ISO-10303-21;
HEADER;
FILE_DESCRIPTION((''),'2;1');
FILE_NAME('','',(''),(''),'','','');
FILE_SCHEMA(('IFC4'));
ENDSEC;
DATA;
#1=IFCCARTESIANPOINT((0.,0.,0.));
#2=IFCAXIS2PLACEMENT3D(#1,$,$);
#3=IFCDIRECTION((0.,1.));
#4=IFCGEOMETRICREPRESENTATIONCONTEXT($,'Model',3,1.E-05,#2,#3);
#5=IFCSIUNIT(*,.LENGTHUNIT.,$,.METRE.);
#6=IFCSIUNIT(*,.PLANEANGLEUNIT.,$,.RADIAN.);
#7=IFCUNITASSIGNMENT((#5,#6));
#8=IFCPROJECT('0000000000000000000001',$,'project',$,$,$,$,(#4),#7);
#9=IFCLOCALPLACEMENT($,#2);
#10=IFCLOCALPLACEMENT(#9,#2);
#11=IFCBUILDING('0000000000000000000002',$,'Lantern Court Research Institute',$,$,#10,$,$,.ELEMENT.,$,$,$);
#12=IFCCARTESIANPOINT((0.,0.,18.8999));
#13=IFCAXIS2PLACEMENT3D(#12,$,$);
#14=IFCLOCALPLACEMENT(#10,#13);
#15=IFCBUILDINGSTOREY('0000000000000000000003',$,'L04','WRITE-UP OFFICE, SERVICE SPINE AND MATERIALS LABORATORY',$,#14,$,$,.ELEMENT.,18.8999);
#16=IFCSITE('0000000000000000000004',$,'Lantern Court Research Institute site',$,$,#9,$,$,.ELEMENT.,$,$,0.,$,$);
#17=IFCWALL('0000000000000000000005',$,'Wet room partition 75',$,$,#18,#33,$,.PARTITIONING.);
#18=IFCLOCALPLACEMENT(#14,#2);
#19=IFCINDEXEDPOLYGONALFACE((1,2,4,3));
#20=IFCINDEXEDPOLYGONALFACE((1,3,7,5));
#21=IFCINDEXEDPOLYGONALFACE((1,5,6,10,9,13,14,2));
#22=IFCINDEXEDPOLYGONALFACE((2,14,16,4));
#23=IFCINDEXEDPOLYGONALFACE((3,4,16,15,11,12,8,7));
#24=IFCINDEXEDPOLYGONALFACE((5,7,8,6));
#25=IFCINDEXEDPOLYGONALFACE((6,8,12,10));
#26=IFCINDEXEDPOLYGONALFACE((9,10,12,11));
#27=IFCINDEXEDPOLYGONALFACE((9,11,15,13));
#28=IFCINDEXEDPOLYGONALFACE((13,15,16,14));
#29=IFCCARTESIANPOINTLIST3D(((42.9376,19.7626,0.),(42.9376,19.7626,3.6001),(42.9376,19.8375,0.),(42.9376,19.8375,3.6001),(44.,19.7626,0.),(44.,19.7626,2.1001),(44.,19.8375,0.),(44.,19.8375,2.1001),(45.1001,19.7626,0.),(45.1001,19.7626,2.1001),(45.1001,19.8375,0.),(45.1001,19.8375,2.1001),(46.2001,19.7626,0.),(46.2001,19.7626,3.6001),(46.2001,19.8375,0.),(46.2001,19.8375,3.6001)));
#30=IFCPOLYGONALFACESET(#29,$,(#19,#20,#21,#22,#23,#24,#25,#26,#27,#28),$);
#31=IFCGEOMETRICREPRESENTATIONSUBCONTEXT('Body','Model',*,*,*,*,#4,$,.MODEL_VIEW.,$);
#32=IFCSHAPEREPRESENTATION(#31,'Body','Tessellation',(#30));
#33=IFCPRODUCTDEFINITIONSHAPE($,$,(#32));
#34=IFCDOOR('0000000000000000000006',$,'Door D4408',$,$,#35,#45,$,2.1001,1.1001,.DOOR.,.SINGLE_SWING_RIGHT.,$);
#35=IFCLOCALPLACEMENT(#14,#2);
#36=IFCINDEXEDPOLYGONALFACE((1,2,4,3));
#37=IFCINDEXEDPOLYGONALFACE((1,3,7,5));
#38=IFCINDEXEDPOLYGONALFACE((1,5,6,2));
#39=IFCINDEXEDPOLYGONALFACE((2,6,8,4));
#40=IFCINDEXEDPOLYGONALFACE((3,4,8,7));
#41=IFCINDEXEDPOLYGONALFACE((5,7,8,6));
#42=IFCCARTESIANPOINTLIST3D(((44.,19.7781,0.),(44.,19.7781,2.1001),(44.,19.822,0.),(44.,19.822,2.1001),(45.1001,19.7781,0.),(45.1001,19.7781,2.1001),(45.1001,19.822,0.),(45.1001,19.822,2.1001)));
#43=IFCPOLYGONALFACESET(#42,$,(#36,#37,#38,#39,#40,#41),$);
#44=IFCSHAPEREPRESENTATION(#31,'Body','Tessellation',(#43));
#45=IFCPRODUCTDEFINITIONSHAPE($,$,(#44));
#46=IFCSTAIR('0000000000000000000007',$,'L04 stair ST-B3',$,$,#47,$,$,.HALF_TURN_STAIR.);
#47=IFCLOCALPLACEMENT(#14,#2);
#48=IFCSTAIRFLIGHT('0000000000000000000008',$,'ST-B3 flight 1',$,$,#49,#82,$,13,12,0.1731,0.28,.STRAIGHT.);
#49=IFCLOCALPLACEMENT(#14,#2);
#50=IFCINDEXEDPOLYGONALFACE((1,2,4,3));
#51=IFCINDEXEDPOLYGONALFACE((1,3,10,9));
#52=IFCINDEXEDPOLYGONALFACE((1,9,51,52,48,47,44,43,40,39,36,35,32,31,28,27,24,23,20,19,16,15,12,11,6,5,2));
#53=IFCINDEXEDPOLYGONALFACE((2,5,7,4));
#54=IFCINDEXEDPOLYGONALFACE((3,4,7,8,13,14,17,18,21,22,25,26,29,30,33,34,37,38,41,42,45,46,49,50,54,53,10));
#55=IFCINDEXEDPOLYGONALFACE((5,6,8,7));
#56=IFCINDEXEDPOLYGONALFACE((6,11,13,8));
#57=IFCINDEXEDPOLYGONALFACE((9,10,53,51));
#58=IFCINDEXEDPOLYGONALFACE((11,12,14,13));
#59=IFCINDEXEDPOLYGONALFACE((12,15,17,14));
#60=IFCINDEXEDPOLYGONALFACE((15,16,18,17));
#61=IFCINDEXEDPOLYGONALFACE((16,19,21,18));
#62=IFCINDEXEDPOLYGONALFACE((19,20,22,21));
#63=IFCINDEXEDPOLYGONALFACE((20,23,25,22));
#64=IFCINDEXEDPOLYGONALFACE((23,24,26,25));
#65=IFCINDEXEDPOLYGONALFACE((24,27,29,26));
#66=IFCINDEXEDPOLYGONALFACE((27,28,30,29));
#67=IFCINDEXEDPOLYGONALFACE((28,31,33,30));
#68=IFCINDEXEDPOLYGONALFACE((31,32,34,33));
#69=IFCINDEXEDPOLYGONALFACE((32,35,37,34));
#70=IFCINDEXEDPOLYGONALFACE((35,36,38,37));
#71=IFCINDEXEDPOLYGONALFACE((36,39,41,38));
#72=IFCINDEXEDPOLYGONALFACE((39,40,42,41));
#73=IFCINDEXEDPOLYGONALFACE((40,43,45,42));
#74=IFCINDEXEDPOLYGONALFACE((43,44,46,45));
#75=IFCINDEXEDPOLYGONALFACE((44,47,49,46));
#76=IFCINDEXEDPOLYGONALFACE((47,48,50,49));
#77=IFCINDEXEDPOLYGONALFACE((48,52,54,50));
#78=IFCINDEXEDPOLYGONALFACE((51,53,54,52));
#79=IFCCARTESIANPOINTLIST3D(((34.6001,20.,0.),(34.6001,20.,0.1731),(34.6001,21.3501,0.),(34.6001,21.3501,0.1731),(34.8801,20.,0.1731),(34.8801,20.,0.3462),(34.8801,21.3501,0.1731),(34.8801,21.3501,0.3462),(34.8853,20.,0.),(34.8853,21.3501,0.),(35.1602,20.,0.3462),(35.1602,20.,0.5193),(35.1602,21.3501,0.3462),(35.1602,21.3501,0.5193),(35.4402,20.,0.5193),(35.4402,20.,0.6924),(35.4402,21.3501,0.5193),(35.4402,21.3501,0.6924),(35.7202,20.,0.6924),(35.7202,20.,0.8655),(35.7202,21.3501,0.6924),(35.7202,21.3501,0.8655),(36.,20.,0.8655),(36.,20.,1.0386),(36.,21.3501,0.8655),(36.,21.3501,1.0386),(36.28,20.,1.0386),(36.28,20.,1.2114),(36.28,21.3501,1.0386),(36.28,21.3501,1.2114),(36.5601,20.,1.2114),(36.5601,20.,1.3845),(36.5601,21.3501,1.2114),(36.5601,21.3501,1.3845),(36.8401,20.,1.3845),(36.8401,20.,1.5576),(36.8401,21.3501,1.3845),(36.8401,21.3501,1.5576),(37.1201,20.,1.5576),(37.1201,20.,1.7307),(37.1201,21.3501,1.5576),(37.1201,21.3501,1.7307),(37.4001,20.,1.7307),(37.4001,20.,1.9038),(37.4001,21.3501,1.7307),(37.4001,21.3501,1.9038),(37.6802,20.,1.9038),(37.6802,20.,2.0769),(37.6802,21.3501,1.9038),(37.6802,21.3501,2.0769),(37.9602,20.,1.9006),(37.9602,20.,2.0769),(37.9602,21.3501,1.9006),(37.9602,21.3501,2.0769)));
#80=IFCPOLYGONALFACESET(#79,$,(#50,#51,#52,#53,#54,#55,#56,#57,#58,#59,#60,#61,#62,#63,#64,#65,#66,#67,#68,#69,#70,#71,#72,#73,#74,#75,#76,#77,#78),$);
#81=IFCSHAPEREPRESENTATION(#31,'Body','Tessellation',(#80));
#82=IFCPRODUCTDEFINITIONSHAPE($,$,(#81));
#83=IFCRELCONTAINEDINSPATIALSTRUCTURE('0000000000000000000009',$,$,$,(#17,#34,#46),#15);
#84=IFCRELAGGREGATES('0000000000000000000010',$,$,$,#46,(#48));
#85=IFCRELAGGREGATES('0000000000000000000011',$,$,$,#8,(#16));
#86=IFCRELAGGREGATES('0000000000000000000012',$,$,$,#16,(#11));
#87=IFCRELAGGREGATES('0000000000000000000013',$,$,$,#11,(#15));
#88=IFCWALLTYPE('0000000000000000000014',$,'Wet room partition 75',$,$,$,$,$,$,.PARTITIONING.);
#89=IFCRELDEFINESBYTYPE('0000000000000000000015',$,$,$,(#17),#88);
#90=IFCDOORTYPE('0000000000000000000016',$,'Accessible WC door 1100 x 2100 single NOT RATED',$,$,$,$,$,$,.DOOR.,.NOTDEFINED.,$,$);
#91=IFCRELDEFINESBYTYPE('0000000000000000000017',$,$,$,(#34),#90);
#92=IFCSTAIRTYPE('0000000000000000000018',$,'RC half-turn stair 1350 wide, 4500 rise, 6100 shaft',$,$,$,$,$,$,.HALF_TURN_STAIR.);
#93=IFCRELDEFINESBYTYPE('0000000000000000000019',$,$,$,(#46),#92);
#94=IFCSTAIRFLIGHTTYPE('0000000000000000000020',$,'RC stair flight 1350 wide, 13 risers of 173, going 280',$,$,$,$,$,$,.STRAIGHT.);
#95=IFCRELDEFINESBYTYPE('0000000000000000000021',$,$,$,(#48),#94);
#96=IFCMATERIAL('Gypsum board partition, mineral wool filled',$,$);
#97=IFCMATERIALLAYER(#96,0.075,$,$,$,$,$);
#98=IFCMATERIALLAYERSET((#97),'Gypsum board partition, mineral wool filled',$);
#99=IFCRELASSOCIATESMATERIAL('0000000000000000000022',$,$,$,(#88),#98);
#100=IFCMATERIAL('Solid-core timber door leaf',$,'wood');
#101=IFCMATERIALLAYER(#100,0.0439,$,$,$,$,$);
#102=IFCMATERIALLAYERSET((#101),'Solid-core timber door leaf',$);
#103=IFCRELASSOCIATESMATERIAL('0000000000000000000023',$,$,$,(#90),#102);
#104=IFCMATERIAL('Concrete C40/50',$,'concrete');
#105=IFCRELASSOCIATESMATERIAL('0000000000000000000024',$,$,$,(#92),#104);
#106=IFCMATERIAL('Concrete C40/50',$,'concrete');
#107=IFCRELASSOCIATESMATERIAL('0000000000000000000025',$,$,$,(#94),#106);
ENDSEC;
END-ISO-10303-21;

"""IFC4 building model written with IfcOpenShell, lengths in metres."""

from ifc_helpers import new_model, si_unit, direction, frame, frame_2d, origin, place, context, subcontext, project, spatial, polyline, rectangle, outline, extrude, material, layer, layer_set, type_object, element, fill, aggregate, save


model = new_model("IFC4")

# Units and contexts
model_context = context("Model", 3, precision=1e-05, world=origin(), true_north=direction((0.0, 1.0)))
body_context = subcontext(model_context, "Body", "Model", "MODEL_VIEW")
ifc_project = project(units=[si_unit("LENGTHUNIT", "METRE"), si_unit("PLANEANGLEUNIT", "RADIAN")], contexts=[model_context])

# Site, building, storey
site_placement = place(None, origin())
site = spatial("IfcSite", under=ifc_project, at=site_placement, Name="Lantern Court Research Institute site", CompositionType="ELEMENT", RefElevation=0.0)
building_placement = place(site_placement, origin())
building = spatial("IfcBuilding", under=site, at=building_placement, Name="Lantern Court Research Institute", CompositionType="ELEMENT")
storey_placement = place(building_placement, frame((0.0, 0.0, 18.8999)))
storey = spatial("IfcBuildingStorey", under=building, at=storey_placement, Name="L04", Description="WRITE-UP OFFICE, SERVICE SPINE AND MATERIALS LABORATORY", CompositionType="ELEMENT", Elevation=18.8999)

# Shared definitions
ifc_material_1 = material(Name="Gypsum board partition, mineral wool filled")
ifc_layer_1 = layer(ifc_material_1, 0.075)
ifc_layer_set_1 = layer_set([ifc_layer_1], Name="Gypsum board partition, mineral wool filled")
wall_type_1 = type_object("IfcWallType", Name="Wet room partition 75", PredefinedType="PARTITIONING", material=ifc_layer_set_1)

# Wall, opening, door
wall_1_placement = place(storey_placement, frame((42.9375, 19.8, 0.0), z_axis=(0.0, 0.0, 1.0), x_axis=(1.0, 0.0, 0.0)))
wall_1 = element("IfcWall", 1, at=wall_1_placement, inside=storey, type_object=wall_type_1, Name="Wet room partition 75", PredefinedType="PARTITIONING", context=body_context, shape_type="SweptSolid", body=[
    extrude(rectangle(XDim=3.2625, YDim=0.075, at=frame_2d((1.6313, 0.0))), origin(), (0.0, 0.0, 1.0), 3.6001),
])
opening_1_placement = place(wall_1_placement, frame((1.0625, 0.0, 0.0)))
opening_1 = element("IfcOpeningElement", 2, at=opening_1_placement, cuts=wall_1, PredefinedType="OPENING", context=body_context, shape_type="SweptSolid", body=[
    extrude(rectangle(XDim=1.1001, YDim=2.1001, at=frame_2d((0.55, 1.05))), frame((0.0, 0.0474, 0.0), z_axis=(0.0, -1.0, 0.0), x_axis=(1.0, 0.0, 0.0)), (0.0, 0.0, 1.0), 0.095),
])
ifc_material_2 = material(Name="Solid-core timber door leaf", Category="wood")
ifc_layer_2 = layer(ifc_material_2, 0.0439)
ifc_layer_set_2 = layer_set([ifc_layer_2], Name="Solid-core timber door leaf")
door_type_1 = type_object("IfcDoorType", Name="Accessible WC door 1100 x 2100 single NOT RATED", OperationType="NOTDEFINED", PredefinedType="DOOR", material=ifc_layer_set_2)
door_1_placement = place(opening_1_placement, origin())
door_1 = element("IfcDoor", 3, at=door_1_placement, inside=storey, type_object=door_type_1, Name="Door D4408", OperationType="SINGLE_SWING_RIGHT", OverallHeight=2.1001, OverallWidth=1.1001, PredefinedType="DOOR", context=body_context, shape_type="SweptSolid", body=[
    extrude(rectangle(XDim=1.1001, YDim=2.1001, at=frame_2d((0.55, 1.05))), frame((0.0, 0.022, 0.0), z_axis=(0.0, -1.0, 0.0), x_axis=(1.0, 0.0, 0.0)), (0.0, 0.0, 1.0), 0.0439),
])
fill(opening_1, door_1)

# Stair, stair flight
ifc_material_3 = material(Name="Concrete C40/50", Category="concrete")
stair_type = type_object("IfcStairType", Name="RC half-turn stair 1350 wide, 4500 rise, 6100 shaft", PredefinedType="HALF_TURN_STAIR", material=ifc_material_3)
stair_placement = place(storey_placement, origin())
stair = element("IfcStair", 4, at=stair_placement, inside=storey, type_object=stair_type, Name="L04 stair ST-B3", PredefinedType="HALF_TURN_STAIR")
ifc_material_4 = material(Name="Concrete C40/50", Category="concrete")
stair_flight_type = type_object("IfcStairFlightType", Name="RC stair flight 1350 wide, 13 risers of 173, going 280", PredefinedType="STRAIGHT", material=ifc_material_4)
stair_flight_placement = place(storey_placement, frame((34.6001, 20.675, 0.0), z_axis=(0.0, 0.0, 1.0), x_axis=(1.0, 0.0, 0.0)))
stair_flight = element("IfcStairFlight", 5, at=stair_flight_placement, type_object=stair_flight_type, Name="ST-B3 flight 1", NumberOfRisers=13, NumberOfTreads=12, PredefinedType="STRAIGHT", RiserHeight=0.1731, TreadLength=0.28, context=body_context, shape_type="SweptSolid", body=[
    extrude(outline(polyline([(0.0, 0.0), (0.0, 0.1731), (0.28, 0.1731), (0.28, 0.3462), (0.5601, 0.3462), (0.5601, 0.5193), (0.8401, 0.5193), (0.8401, 0.6924), (1.1201, 0.6924), (1.1201, 0.8655), (1.3999, 0.8655), (1.3999, 1.0386), (1.6799, 1.0386), (1.6799, 1.2114), (1.96, 1.2114), (1.96, 1.3845), (2.24, 1.3845), (2.24, 1.5576), (2.52, 1.5576), (2.52, 1.7307), (2.8, 1.7307), (2.8, 1.9038), (3.0801, 1.9038), (3.0801, 2.0769), (3.3601, 2.0769), (3.3601, 2.25), (3.3601, 1.9006), (0.2852, 0.0), (0.0, 0.0)])), frame((0.0, 0.675, 0.0), z_axis=(0.0, -1.0, 0.0), x_axis=(1.0, 0.0, 0.0)), (0.0, 0.0, 1.0), 1.3501),
])
aggregate(stair, [stair_flight])

save(model, "model.ifc")
